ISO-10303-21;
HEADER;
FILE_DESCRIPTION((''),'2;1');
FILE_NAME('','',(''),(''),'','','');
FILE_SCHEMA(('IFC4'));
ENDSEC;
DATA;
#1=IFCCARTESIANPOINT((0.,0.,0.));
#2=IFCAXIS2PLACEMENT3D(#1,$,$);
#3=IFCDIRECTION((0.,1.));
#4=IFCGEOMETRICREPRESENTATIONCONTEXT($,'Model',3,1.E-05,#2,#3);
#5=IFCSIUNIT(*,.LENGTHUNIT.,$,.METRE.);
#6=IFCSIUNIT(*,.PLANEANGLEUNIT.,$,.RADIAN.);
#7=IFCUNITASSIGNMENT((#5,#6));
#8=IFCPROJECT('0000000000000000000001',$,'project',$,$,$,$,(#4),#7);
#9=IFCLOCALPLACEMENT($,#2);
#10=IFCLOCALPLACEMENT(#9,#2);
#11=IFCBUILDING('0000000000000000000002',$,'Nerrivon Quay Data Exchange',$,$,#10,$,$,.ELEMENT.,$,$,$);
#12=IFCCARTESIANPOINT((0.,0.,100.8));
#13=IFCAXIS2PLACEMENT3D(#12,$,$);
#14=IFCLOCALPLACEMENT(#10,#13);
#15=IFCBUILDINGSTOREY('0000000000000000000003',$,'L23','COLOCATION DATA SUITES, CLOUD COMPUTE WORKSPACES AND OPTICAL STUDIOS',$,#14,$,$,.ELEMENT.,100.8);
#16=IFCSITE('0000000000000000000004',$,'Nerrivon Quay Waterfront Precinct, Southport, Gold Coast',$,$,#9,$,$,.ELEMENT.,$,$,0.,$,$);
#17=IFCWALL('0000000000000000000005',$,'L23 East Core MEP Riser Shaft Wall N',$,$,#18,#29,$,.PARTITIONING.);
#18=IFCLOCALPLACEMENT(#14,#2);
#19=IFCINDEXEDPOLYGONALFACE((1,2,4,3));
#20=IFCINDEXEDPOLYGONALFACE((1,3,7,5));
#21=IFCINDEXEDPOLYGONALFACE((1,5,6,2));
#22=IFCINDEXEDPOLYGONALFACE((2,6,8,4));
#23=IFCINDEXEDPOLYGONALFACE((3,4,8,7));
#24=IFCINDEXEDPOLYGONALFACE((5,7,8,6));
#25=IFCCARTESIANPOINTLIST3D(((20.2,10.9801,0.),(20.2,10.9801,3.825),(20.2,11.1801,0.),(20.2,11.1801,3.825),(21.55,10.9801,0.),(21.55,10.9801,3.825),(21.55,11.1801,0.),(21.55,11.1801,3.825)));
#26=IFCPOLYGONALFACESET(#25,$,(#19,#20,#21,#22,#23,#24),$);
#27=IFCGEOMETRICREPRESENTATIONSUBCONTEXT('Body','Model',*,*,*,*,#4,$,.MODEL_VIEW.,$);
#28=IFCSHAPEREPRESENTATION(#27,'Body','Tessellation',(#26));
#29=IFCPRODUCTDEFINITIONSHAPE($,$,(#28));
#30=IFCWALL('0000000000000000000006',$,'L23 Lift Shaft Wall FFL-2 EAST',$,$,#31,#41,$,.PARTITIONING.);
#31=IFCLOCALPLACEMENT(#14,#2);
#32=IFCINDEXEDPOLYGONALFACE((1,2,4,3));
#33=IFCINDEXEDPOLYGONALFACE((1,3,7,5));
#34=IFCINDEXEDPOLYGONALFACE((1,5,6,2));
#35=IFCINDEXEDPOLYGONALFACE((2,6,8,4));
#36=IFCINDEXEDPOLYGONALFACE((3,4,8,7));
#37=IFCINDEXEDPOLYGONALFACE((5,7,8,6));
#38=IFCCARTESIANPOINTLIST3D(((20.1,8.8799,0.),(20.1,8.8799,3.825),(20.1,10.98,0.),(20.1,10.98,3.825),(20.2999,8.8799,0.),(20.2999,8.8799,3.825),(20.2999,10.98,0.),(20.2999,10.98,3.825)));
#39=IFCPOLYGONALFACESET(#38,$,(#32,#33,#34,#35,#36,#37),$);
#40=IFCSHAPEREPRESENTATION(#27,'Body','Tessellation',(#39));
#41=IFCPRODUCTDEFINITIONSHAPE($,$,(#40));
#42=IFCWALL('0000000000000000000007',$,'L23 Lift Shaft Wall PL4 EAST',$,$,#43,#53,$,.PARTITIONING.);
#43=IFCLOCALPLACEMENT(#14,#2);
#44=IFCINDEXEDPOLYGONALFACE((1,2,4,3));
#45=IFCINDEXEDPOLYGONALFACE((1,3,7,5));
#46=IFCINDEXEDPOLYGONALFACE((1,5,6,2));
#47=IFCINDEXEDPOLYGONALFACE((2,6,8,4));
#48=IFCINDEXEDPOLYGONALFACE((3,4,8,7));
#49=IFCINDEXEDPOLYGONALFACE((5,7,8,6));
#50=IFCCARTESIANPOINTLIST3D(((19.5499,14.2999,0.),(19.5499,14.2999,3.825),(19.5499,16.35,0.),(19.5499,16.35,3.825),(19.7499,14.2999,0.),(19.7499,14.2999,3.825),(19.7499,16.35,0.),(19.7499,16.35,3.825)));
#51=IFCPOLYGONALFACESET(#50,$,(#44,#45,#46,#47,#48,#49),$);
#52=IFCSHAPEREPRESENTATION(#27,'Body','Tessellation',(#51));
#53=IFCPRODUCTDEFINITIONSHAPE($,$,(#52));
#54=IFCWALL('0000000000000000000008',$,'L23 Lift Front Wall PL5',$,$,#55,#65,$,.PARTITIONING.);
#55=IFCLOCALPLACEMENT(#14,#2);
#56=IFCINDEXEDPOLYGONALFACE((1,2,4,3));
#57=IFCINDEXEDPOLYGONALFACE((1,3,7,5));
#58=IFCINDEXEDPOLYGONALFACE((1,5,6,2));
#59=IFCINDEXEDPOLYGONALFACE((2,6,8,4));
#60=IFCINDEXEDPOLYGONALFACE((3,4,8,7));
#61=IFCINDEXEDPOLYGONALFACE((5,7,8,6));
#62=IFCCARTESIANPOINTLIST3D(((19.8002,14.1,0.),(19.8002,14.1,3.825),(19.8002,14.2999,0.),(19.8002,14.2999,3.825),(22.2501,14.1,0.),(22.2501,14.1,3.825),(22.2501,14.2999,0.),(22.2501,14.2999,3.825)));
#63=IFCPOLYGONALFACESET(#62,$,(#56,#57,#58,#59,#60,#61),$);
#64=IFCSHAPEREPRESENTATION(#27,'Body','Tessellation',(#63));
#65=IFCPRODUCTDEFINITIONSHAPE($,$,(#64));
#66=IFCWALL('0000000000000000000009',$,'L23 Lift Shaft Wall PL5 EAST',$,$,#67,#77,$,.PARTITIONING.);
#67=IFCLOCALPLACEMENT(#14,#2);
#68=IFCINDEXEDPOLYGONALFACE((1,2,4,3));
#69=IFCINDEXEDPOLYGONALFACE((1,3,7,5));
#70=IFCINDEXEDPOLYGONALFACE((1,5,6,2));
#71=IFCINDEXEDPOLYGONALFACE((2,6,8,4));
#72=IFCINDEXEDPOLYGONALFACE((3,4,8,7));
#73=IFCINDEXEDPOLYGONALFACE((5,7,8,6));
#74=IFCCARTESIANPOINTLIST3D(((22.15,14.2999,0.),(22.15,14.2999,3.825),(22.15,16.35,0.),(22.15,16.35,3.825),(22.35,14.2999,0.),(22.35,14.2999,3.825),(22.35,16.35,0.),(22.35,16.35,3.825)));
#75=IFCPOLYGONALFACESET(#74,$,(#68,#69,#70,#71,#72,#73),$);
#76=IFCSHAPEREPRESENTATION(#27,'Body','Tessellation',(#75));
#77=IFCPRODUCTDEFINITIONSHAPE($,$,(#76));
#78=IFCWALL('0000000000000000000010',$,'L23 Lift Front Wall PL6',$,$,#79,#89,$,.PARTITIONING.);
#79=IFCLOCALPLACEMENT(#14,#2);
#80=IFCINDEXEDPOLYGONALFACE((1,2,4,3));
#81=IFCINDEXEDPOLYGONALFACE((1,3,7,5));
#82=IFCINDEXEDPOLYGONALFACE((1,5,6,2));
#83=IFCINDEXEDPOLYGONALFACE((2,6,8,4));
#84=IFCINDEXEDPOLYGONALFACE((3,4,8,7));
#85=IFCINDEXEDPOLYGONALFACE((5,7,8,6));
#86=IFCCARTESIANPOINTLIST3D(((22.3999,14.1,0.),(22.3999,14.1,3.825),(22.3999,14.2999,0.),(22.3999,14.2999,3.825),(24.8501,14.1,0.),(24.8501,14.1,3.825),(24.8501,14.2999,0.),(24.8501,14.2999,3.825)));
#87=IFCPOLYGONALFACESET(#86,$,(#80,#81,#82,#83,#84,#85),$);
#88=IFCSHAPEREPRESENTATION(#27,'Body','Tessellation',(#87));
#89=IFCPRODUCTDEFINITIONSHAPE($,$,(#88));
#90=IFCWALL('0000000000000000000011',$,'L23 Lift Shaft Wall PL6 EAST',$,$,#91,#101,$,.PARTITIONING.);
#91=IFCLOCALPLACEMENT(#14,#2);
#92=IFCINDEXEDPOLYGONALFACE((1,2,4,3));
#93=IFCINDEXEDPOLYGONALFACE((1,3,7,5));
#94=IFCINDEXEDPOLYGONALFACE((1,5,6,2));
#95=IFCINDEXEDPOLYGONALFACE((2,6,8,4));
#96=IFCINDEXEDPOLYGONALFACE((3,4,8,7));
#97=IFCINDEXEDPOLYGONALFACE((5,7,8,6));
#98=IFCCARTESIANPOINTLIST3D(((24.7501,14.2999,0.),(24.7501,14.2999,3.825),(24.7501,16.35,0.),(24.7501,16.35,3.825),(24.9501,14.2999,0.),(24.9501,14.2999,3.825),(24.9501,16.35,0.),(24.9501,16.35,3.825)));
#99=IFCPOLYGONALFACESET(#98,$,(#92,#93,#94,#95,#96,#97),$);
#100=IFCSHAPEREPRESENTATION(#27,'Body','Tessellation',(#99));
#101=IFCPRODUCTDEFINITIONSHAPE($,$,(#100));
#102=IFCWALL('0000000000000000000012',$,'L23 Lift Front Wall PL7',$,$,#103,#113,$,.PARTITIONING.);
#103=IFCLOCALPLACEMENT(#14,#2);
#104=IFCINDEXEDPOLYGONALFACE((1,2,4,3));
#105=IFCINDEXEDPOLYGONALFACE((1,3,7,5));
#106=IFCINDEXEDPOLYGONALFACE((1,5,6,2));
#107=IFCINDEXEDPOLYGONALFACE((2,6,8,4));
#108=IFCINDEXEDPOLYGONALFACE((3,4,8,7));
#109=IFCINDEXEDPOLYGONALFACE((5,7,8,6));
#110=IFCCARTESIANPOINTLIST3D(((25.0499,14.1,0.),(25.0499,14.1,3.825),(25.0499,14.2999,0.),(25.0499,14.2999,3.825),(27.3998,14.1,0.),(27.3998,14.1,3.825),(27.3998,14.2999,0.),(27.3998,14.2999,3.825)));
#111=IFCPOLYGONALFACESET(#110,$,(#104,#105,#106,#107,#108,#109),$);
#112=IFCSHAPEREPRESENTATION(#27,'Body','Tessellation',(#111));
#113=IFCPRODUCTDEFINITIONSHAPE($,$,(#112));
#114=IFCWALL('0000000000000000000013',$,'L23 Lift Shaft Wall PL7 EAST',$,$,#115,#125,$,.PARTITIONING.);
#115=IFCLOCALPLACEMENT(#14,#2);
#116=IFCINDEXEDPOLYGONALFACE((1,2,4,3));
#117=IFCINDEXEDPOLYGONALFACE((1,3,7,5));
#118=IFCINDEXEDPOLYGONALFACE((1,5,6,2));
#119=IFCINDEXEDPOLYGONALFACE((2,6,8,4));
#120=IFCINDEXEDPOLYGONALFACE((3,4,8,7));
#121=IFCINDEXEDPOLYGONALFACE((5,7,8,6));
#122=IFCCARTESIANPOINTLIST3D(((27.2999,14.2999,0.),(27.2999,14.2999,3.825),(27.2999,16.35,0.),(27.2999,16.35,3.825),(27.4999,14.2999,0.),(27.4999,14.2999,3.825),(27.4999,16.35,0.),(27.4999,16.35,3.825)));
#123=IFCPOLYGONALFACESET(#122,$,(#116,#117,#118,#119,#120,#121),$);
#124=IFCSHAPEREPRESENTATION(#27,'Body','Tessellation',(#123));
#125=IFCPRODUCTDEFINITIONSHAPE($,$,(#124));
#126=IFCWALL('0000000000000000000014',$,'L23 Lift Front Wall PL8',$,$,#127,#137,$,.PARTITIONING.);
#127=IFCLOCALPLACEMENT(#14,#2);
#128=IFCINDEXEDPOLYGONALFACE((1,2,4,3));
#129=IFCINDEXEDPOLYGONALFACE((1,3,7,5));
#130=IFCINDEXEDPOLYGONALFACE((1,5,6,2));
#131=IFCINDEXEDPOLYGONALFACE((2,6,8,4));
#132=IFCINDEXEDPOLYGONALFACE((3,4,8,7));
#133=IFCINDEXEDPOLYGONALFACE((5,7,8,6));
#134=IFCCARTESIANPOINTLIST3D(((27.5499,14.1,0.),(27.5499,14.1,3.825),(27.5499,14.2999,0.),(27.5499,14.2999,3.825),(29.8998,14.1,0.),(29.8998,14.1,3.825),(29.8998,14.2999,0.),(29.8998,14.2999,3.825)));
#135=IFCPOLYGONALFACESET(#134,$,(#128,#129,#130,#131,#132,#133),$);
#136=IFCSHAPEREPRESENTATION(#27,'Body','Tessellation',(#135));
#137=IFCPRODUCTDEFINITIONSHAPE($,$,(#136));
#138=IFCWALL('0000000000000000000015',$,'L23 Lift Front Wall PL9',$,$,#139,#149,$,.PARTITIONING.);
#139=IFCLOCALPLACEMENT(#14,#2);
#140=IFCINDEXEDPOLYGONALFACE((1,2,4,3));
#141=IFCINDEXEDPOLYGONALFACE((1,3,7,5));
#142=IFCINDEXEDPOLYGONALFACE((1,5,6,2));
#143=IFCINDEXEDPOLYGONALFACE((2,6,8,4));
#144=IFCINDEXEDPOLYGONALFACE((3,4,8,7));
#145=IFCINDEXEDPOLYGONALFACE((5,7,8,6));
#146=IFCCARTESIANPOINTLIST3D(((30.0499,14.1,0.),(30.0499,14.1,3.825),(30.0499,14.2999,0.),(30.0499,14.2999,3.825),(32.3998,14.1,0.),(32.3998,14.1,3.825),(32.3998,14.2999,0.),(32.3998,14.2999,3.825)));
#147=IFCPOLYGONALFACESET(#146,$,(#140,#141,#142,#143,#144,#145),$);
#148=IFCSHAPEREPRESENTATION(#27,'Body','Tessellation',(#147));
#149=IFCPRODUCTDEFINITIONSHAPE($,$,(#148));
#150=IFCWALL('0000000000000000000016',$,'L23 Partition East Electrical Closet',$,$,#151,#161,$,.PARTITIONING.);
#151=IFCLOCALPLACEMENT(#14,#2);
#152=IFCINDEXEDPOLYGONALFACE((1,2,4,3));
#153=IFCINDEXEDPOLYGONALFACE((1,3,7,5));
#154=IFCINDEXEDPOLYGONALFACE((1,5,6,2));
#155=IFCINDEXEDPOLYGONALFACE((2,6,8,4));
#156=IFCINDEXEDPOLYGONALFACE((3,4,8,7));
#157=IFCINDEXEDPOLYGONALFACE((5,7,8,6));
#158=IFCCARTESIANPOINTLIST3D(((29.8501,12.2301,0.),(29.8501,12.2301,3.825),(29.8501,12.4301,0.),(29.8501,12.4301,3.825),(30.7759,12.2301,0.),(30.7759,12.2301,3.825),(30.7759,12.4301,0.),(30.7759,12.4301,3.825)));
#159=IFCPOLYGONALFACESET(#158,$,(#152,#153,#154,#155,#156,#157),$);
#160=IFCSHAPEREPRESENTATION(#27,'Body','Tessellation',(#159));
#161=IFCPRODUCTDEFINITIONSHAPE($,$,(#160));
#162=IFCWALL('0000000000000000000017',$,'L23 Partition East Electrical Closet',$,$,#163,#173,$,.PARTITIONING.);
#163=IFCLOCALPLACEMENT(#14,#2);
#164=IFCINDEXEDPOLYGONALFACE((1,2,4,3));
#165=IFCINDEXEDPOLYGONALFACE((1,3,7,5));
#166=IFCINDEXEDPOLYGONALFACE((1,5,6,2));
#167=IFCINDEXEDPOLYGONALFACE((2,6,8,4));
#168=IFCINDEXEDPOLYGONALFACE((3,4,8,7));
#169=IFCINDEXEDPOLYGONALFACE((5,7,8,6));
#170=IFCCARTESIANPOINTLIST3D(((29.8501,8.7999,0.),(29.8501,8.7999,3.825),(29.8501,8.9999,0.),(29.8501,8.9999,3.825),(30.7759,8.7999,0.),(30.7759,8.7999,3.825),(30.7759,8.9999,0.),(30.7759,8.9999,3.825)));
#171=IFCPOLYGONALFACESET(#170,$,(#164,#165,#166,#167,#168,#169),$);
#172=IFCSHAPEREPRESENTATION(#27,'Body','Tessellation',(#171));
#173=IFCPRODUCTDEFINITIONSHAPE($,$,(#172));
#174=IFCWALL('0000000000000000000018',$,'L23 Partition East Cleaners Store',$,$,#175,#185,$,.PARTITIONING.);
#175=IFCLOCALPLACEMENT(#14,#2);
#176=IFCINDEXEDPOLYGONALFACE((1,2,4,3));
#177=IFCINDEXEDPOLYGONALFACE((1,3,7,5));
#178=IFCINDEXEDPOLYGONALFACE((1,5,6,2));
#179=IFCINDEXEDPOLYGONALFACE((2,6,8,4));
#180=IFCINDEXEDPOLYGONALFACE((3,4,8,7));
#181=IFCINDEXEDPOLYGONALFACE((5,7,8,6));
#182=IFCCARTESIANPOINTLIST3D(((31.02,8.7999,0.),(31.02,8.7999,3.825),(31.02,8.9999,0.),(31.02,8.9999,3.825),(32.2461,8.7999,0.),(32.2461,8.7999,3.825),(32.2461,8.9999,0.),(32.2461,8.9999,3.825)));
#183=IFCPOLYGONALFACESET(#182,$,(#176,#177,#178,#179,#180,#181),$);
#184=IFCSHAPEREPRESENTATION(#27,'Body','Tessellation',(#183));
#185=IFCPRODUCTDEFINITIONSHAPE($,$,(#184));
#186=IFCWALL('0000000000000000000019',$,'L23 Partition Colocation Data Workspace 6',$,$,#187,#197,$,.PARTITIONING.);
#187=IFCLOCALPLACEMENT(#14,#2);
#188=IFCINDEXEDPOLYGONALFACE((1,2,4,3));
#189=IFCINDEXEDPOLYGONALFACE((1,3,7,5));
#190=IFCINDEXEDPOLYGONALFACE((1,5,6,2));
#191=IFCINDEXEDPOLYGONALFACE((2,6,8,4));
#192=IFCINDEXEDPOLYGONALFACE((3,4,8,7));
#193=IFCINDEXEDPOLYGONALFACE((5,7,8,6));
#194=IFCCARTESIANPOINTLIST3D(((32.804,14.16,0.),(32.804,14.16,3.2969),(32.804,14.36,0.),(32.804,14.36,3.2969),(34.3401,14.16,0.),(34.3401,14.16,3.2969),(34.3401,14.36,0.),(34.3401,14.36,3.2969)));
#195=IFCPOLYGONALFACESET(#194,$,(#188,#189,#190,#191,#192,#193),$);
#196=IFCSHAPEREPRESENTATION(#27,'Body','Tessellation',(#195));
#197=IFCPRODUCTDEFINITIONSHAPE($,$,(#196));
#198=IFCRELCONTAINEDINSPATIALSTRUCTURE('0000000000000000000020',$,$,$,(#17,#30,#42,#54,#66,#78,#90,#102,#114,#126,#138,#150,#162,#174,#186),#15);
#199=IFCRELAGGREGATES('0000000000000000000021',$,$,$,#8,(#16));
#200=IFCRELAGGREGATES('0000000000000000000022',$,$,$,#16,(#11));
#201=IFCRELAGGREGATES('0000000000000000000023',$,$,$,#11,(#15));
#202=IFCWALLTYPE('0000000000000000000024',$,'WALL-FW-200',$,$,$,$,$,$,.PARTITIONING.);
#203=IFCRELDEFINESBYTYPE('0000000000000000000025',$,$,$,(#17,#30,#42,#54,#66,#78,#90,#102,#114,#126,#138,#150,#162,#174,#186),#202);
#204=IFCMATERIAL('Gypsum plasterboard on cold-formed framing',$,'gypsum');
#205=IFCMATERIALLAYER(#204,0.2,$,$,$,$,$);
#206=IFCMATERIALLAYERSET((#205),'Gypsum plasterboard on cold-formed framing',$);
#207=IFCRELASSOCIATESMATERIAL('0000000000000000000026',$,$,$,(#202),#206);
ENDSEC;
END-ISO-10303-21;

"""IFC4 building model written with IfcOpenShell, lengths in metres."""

from ifc_helpers import new_model, si_unit, direction, frame, frame_2d, origin, place, context, subcontext, project, spatial, rectangle, extrude, material, layer, layer_set, type_object, element, save


model = new_model("IFC4")

# Units and contexts
model_context = context("Model", 3, precision=1e-05, world=origin(), true_north=direction((0.0, 1.0)))
body_context = subcontext(model_context, "Body", "Model", "MODEL_VIEW")
ifc_project = project(units=[si_unit("LENGTHUNIT", "METRE"), si_unit("PLANEANGLEUNIT", "RADIAN")], contexts=[model_context])

# Site, building, storey
site_placement = place(None, origin())
site = spatial("IfcSite", under=ifc_project, at=site_placement, Name="Nerrivon Quay Waterfront Precinct, Southport, Gold Coast", CompositionType="ELEMENT", RefElevation=0.0)
building_placement = place(site_placement, origin())
building = spatial("IfcBuilding", under=site, at=building_placement, Name="Nerrivon Quay Data Exchange", CompositionType="ELEMENT")
storey_placement = place(building_placement, frame((0.0, 0.0, 100.8)))
storey = spatial("IfcBuildingStorey", under=building, at=storey_placement, Name="L23", Description="COLOCATION DATA SUITES, CLOUD COMPUTE WORKSPACES AND OPTICAL STUDIOS", CompositionType="ELEMENT", Elevation=100.8)

# Walls
ifc_material_1 = material(Name="Gypsum plasterboard on cold-formed framing", Category="gypsum")
ifc_layer_1 = layer(ifc_material_1, 0.2)
ifc_layer_set_1 = layer_set([ifc_layer_1], Name="Gypsum plasterboard on cold-formed framing")
wall_type_1 = type_object("IfcWallType", Name="WALL-FW-200", PredefinedType="PARTITIONING", material=ifc_layer_set_1)
wall_1_placement = place(storey_placement, frame((20.2, 11.0801, 0.0), z_axis=(0.0, 0.0, 1.0), x_axis=(1.0, 0.0, 0.0)))
element("IfcWall", 1, at=wall_1_placement, inside=storey, type_object=wall_type_1, Name="L23 East Core MEP Riser Shaft Wall N", PredefinedType="PARTITIONING", context=body_context, shape_type="SweptSolid", body=[
    extrude(rectangle(XDim=1.3501, YDim=0.2, at=frame_2d((0.675, 0.0))), origin(), (0.0, 0.0, 1.0), 3.825),
])
wall_2_placement = place(storey_placement, frame((20.2, 8.8799, 0.0), z_axis=(0.0, 0.0, 1.0), x_axis=(0.0, 1.0, 0.0)))
element("IfcWall", 2, at=wall_2_placement, inside=storey, type_object=wall_type_1, Name="L23 Lift Shaft Wall FFL-2 EAST", PredefinedType="PARTITIONING", context=body_context, shape_type="SweptSolid", body=[
    extrude(rectangle(XDim=2.1001, YDim=0.2, at=frame_2d((1.05, 0.0))), origin(), (0.0, 0.0, 1.0), 3.825),
])
wall_3_placement = place(storey_placement, frame((19.6499, 14.3, 0.0), z_axis=(0.0, 0.0, 1.0), x_axis=(0.0, 1.0, 0.0)))
element("IfcWall", 3, at=wall_3_placement, inside=storey, type_object=wall_type_1, Name="L23 Lift Shaft Wall PL4 EAST", PredefinedType="PARTITIONING", context=body_context, shape_type="SweptSolid", body=[
    extrude(rectangle(XDim=2.05, YDim=0.2, at=frame_2d((1.0249, 0.0))), origin(), (0.0, 0.0, 1.0), 3.825),
])
wall_4_placement = place(storey_placement, frame((19.8, 14.2, 0.0), z_axis=(0.0, 0.0, 1.0), x_axis=(1.0, 0.0, 0.0)))
element("IfcWall", 4, at=wall_4_placement, inside=storey, type_object=wall_type_1, Name="L23 Lift Front Wall PL5", PredefinedType="PARTITIONING", context=body_context, shape_type="SweptSolid", body=[
    extrude(rectangle(XDim=2.45, YDim=0.2, at=frame_2d((1.2251, 0.0))), origin(), (0.0, 0.0, 1.0), 3.825),
])
wall_5_placement = place(storey_placement, frame((22.25, 14.3, 0.0), z_axis=(0.0, 0.0, 1.0), x_axis=(0.0, 1.0, 0.0)))
element("IfcWall", 5, at=wall_5_placement, inside=storey, type_object=wall_type_1, Name="L23 Lift Shaft Wall PL5 EAST", PredefinedType="PARTITIONING", context=body_context, shape_type="SweptSolid", body=[
    extrude(rectangle(XDim=2.05, YDim=0.2, at=frame_2d((1.0249, 0.0))), origin(), (0.0, 0.0, 1.0), 3.825),
])
wall_6_placement = place(storey_placement, frame((22.3999, 14.2, 0.0), z_axis=(0.0, 0.0, 1.0), x_axis=(1.0, 0.0, 0.0)))
element("IfcWall", 6, at=wall_6_placement, inside=storey, type_object=wall_type_1, Name="L23 Lift Front Wall PL6", PredefinedType="PARTITIONING", context=body_context, shape_type="SweptSolid", body=[
    extrude(rectangle(XDim=2.4502, YDim=0.2, at=frame_2d((1.2251, 0.0))), origin(), (0.0, 0.0, 1.0), 3.825),
])
wall_7_placement = place(storey_placement, frame((24.8501, 14.3, 0.0), z_axis=(0.0, 0.0, 1.0), x_axis=(0.0, 1.0, 0.0)))
element("IfcWall", 7, at=wall_7_placement, inside=storey, type_object=wall_type_1, Name="L23 Lift Shaft Wall PL6 EAST", PredefinedType="PARTITIONING", context=body_context, shape_type="SweptSolid", body=[
    extrude(rectangle(XDim=2.05, YDim=0.2, at=frame_2d((1.0249, 0.0))), origin(), (0.0, 0.0, 1.0), 3.825),
])
wall_8_placement = place(storey_placement, frame((25.05, 14.2, 0.0), z_axis=(0.0, 0.0, 1.0), x_axis=(1.0, 0.0, 0.0)))
element("IfcWall", 8, at=wall_8_placement, inside=storey, type_object=wall_type_1, Name="L23 Lift Front Wall PL7", PredefinedType="PARTITIONING", context=body_context, shape_type="SweptSolid", body=[
    extrude(rectangle(XDim=2.3499, YDim=0.2, at=frame_2d((1.1748, 0.0))), origin(), (0.0, 0.0, 1.0), 3.825),
])
wall_9_placement = place(storey_placement, frame((27.3999, 14.3, 0.0), z_axis=(0.0, 0.0, 1.0), x_axis=(0.0, 1.0, 0.0)))
element("IfcWall", 9, at=wall_9_placement, inside=storey, type_object=wall_type_1, Name="L23 Lift Shaft Wall PL7 EAST", PredefinedType="PARTITIONING", context=body_context, shape_type="SweptSolid", body=[
    extrude(rectangle(XDim=2.05, YDim=0.2, at=frame_2d((1.0249, 0.0))), origin(), (0.0, 0.0, 1.0), 3.825),
])
for number, where, z_axis, x_axis, name in (
    (10, (27.55, 14.2, 0.0), (0.0, 0.0, 1.0), (1.0, 0.0, 0.0), "L23 Lift Front Wall PL8"),
    (11, (30.05, 14.2, 0.0), (0.0, 0.0, 1.0), (1.0, 0.0, 0.0), "L23 Lift Front Wall PL9"),
):
    element("IfcWall", number, at=place(storey_placement, frame(where, z_axis=z_axis, x_axis=x_axis)), inside=storey, type_object=wall_type_1, Name=name, PredefinedType="PARTITIONING", context=body_context, shape_type="SweptSolid", body=[
        extrude(rectangle(XDim=2.3499, YDim=0.2, at=frame_2d((1.1748, 0.0))), origin(), (0.0, 0.0, 1.0), 3.825),
    ])

# Walls
for number, where, z_axis, x_axis, name in (
    (12, (30.7759, 12.3301, 0.0), (0.0, 0.0, 1.0), (-1.0, 0.0, 0.0), "L23 Partition East Electrical Closet"),
    (13, (29.8501, 8.8999, 0.0), (0.0, 0.0, 1.0), (1.0, 0.0, 0.0), "L23 Partition East Electrical Closet"),
):
    element("IfcWall", number, at=place(storey_placement, frame(where, z_axis=z_axis, x_axis=x_axis)), inside=storey, type_object=wall_type_1, Name=name, PredefinedType="PARTITIONING", context=body_context, shape_type="SweptSolid", body=[
        extrude(rectangle(XDim=0.9258, YDim=0.2, at=frame_2d((0.4629, 0.0))), origin(), (0.0, 0.0, 1.0), 3.825),
    ])

# Walls
wall_10_placement = place(storey_placement, frame((31.02, 8.8999, 0.0), z_axis=(0.0, 0.0, 1.0), x_axis=(1.0, 0.0, 0.0)))
element("IfcWall", 14, at=wall_10_placement, inside=storey, type_object=wall_type_1, Name="L23 Partition East Cleaners Store", PredefinedType="PARTITIONING", context=body_context, shape_type="SweptSolid", body=[
    extrude(rectangle(XDim=1.2261, YDim=0.2, at=frame_2d((0.613, 0.0))), origin(), (0.0, 0.0, 1.0), 3.825),
])
wall_11_placement = place(storey_placement, frame((32.804, 14.26, 0.0), z_axis=(0.0, 0.0, 1.0), x_axis=(1.0, 0.0, 0.0)))
element("IfcWall", 15, at=wall_11_placement, inside=storey, type_object=wall_type_1, Name="L23 Partition Colocation Data Workspace 6", PredefinedType="PARTITIONING", context=body_context, shape_type="SweptSolid", body=[
    extrude(rectangle(XDim=1.5361, YDim=0.2, at=frame_2d((0.7681, 0.0))), origin(), (0.0, 0.0, 1.0), 3.2969),
])

save(model, "model.ifc")
